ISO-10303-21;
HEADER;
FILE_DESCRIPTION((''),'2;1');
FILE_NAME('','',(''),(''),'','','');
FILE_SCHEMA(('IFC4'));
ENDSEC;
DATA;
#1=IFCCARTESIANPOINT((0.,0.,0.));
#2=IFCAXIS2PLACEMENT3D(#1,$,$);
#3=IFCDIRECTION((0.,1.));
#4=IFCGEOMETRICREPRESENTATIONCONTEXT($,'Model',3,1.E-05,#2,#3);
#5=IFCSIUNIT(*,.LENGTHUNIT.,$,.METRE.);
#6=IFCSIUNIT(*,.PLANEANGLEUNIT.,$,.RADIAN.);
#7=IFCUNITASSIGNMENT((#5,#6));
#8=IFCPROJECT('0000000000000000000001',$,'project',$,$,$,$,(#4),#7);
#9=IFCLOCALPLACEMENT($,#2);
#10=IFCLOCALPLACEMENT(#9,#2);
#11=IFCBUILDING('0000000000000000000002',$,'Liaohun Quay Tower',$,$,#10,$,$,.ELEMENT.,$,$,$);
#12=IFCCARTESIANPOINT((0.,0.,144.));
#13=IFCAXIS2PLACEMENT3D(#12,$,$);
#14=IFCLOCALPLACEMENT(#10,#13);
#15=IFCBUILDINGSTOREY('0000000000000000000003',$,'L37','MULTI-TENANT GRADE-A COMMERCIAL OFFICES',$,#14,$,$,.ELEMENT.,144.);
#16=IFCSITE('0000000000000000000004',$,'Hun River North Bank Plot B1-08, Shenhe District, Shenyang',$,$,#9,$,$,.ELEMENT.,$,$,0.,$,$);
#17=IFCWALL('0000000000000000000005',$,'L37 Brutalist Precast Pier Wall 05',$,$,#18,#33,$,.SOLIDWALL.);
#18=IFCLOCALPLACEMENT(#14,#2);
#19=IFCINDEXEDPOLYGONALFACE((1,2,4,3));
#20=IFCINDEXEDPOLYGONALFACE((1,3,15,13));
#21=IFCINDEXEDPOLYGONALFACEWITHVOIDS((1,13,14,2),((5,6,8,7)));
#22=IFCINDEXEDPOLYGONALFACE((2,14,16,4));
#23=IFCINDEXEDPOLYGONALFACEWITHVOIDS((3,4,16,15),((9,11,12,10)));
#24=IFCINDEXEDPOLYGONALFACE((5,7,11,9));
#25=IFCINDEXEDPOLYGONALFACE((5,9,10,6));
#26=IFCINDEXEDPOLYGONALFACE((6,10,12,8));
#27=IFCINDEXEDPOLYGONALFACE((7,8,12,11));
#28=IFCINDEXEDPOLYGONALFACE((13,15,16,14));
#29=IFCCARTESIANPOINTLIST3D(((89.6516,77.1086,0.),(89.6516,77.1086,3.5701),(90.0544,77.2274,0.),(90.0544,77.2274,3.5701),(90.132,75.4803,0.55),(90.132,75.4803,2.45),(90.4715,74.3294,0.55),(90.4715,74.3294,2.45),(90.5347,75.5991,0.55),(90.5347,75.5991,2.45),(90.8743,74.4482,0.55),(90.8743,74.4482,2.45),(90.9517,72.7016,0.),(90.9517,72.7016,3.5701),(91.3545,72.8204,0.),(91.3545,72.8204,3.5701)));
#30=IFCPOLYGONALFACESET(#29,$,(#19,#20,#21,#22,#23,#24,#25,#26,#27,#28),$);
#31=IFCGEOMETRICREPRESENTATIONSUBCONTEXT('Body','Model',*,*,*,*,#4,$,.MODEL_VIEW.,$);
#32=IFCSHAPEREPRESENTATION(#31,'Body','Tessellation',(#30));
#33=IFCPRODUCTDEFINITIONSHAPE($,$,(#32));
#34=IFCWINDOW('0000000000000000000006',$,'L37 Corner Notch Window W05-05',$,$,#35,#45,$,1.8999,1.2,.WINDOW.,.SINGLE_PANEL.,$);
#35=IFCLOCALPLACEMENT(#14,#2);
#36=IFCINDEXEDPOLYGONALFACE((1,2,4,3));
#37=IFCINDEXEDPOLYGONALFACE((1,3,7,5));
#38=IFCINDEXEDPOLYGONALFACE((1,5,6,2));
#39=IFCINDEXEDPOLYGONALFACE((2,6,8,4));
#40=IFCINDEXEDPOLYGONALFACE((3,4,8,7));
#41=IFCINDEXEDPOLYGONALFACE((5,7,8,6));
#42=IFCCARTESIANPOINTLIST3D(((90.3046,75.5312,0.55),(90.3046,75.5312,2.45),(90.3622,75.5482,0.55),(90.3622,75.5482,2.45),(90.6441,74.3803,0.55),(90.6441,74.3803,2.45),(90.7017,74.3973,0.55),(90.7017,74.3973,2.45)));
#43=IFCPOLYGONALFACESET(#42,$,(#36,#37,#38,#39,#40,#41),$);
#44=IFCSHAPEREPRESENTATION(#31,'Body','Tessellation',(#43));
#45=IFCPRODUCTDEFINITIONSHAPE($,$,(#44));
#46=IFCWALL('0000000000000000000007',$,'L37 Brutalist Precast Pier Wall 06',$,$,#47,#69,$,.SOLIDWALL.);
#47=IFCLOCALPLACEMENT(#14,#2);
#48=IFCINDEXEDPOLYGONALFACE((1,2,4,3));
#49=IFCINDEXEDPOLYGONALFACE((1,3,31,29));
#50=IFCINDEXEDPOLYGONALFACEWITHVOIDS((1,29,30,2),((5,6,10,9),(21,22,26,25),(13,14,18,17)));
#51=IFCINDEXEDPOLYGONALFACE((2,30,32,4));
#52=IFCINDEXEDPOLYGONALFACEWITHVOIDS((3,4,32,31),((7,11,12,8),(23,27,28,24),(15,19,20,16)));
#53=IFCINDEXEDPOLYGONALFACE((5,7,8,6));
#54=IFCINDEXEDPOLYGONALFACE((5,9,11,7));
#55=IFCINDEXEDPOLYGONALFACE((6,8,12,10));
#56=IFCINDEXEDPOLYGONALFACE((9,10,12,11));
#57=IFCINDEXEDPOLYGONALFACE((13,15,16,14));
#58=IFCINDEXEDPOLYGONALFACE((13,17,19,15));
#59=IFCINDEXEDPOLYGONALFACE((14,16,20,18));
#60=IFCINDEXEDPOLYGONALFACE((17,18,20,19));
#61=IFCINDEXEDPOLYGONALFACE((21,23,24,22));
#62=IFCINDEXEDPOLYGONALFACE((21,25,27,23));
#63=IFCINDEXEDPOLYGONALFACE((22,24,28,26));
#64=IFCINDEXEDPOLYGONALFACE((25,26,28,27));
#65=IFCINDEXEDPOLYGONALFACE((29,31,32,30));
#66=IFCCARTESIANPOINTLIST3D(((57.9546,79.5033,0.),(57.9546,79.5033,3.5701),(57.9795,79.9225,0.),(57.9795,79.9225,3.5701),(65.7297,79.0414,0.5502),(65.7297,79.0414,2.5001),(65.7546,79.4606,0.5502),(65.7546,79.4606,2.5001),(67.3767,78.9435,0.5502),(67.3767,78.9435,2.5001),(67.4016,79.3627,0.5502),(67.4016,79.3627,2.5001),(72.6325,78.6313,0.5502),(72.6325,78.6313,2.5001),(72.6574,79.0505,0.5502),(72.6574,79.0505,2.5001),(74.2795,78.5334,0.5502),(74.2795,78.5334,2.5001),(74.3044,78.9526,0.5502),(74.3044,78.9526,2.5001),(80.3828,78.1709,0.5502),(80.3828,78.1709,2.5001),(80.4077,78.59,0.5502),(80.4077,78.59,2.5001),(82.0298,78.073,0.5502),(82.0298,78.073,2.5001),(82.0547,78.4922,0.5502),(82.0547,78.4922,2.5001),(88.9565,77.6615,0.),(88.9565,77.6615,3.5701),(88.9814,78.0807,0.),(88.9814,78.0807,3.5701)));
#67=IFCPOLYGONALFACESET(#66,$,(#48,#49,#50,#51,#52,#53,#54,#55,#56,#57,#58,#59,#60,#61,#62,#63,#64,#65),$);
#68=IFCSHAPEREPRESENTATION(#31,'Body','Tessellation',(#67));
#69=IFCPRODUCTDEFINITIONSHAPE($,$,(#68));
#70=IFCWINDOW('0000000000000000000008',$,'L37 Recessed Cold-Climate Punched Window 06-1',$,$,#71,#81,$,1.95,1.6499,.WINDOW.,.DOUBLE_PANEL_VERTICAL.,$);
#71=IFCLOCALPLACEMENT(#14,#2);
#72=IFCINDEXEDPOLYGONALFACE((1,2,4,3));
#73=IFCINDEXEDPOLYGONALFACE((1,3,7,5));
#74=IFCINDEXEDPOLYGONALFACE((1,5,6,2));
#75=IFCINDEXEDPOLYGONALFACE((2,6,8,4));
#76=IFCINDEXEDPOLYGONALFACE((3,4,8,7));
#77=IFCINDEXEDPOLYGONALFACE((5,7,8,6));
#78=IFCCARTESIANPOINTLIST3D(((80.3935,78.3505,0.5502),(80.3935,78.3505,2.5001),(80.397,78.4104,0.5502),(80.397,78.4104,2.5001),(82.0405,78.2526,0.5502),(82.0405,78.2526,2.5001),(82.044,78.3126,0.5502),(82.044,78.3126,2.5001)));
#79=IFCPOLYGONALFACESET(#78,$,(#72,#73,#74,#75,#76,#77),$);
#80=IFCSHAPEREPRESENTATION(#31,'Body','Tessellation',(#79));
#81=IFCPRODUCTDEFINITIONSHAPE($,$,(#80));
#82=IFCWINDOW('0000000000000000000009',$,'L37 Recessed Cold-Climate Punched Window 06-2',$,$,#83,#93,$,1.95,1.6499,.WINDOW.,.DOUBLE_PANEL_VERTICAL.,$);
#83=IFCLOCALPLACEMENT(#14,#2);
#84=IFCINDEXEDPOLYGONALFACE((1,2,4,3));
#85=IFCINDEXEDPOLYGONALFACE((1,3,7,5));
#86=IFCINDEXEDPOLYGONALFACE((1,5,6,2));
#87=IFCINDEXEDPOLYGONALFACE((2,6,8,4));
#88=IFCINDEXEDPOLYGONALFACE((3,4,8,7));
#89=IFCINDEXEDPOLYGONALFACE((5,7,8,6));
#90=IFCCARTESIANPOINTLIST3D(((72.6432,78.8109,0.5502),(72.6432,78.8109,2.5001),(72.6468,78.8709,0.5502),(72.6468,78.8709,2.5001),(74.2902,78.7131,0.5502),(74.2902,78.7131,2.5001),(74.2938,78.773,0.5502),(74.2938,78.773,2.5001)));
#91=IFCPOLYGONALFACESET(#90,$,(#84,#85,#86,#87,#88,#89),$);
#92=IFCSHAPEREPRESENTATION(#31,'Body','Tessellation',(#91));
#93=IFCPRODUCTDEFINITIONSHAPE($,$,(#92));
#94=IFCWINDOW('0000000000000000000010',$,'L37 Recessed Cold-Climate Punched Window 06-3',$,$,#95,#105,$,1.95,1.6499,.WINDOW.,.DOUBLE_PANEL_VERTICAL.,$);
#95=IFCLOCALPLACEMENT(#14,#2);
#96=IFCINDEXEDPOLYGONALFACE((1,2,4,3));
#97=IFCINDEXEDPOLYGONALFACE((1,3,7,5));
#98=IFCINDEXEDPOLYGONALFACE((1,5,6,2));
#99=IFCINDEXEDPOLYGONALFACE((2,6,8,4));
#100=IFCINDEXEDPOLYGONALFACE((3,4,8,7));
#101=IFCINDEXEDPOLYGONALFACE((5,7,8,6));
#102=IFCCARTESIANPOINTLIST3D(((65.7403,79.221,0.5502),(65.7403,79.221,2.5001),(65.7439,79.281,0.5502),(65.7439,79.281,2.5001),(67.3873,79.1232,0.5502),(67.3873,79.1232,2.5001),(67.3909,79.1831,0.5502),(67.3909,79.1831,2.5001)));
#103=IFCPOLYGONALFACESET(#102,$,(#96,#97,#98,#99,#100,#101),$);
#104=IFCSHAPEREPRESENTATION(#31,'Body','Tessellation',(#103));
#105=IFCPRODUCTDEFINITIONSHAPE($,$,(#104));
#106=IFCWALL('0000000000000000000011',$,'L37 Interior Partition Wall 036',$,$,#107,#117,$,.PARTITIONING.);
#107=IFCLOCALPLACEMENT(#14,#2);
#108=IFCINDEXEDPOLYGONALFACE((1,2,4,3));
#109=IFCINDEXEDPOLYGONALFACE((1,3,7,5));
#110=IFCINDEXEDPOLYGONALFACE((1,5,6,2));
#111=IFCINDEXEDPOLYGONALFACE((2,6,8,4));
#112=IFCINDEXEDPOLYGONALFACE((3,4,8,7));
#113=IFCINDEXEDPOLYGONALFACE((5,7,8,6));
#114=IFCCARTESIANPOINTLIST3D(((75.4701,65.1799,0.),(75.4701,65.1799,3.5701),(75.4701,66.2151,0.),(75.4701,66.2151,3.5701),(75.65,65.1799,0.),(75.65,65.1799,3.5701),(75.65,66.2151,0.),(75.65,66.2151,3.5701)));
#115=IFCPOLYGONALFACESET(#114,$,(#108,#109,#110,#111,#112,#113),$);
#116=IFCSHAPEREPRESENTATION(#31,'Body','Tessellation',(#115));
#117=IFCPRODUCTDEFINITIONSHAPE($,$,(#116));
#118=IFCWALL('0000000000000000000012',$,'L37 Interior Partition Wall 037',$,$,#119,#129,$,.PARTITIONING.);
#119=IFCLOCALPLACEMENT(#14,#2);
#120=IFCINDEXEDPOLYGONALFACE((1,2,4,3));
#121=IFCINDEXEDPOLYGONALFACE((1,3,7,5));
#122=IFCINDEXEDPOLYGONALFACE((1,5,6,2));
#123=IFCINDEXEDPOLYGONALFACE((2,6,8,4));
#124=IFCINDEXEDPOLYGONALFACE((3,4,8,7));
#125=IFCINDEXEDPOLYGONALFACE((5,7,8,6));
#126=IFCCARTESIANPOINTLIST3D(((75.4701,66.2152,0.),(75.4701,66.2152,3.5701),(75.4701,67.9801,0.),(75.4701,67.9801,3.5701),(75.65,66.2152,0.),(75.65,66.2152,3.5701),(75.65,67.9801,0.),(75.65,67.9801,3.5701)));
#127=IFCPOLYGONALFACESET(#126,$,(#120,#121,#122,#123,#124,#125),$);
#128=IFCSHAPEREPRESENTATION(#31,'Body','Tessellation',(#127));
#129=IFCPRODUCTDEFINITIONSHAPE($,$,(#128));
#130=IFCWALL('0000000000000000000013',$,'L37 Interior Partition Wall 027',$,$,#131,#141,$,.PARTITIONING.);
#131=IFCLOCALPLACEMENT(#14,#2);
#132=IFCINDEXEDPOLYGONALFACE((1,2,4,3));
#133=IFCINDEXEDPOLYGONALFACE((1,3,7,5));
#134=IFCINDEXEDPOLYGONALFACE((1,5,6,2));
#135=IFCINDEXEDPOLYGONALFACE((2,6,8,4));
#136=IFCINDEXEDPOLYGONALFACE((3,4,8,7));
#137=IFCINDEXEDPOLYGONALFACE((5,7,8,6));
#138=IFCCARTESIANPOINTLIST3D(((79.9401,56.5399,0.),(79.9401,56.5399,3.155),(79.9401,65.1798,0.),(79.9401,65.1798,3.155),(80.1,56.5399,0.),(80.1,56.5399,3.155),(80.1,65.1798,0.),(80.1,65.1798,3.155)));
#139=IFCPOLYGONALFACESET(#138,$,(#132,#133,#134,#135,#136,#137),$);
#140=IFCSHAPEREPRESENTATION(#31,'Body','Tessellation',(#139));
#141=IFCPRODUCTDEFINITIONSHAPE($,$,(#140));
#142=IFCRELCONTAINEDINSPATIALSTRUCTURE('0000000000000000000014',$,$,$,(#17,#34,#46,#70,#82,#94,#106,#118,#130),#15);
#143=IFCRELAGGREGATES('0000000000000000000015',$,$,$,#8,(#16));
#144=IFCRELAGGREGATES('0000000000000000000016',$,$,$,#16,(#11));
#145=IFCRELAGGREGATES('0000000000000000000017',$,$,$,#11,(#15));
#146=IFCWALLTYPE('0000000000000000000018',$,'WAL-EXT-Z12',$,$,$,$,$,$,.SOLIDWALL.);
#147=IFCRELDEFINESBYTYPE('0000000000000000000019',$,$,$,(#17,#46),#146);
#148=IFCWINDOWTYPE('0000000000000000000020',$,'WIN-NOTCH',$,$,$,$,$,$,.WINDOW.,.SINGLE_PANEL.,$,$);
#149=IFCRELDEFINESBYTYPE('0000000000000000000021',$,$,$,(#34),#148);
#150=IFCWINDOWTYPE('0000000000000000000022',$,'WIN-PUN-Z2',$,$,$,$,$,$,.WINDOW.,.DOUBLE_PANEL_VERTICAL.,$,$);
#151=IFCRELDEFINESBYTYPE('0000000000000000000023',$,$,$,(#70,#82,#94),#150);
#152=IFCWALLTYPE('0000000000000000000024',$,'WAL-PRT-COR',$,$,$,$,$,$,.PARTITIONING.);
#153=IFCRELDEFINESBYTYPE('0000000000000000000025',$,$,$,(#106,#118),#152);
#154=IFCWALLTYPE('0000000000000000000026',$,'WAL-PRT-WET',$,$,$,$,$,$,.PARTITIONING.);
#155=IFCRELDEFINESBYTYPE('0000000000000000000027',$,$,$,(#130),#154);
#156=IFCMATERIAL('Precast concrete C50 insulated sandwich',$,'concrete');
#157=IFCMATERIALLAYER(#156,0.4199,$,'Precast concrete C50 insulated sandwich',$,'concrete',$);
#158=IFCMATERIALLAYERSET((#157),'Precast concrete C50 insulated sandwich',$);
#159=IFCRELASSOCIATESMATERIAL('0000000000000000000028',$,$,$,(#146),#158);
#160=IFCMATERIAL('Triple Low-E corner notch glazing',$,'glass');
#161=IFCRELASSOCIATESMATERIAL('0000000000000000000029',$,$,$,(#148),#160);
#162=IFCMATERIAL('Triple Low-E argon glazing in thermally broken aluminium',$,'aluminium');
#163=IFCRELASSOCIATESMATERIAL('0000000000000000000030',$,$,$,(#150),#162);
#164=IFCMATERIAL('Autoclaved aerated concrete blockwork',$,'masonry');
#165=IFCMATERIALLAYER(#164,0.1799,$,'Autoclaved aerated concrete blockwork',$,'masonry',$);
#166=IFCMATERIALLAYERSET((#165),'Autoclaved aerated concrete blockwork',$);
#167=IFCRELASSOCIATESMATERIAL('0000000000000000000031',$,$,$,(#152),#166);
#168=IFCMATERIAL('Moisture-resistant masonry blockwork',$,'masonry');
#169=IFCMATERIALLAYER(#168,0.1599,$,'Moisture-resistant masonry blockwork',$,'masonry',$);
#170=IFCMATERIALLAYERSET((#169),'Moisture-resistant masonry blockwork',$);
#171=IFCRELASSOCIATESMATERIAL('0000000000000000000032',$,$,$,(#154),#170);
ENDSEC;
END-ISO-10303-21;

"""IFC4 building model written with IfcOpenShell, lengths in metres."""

from ifc_helpers import new_model, si_unit, direction, frame, frame_2d, origin, place, context, subcontext, project, spatial, rectangle, extrude, source, transform, mapped, material, layer, layer_set, type_object, element, fill, save


model = new_model("IFC4")

# Units and contexts
model_context = context("Model", 3, precision=1e-05, world=origin(), true_north=direction((0.0, 1.0)))
body_context = subcontext(model_context, "Body", "Model", "MODEL_VIEW")
ifc_project = project(units=[si_unit("LENGTHUNIT", "METRE"), si_unit("PLANEANGLEUNIT", "RADIAN")], contexts=[model_context])

# Site, building, storey
site_placement = place(None, origin())
site = spatial("IfcSite", under=ifc_project, at=site_placement, Name="Hun River North Bank Plot B1-08, Shenhe District, Shenyang", CompositionType="ELEMENT", RefElevation=0.0)
building_placement = place(site_placement, origin())
building = spatial("IfcBuilding", under=site, at=building_placement, Name="Liaohun Quay Tower", CompositionType="ELEMENT")
storey_placement = place(building_placement, frame((0.0, 0.0, 144.0)))
storey = spatial("IfcBuildingStorey", under=building, at=storey_placement, Name="L37", Description="MULTI-TENANT GRADE-A COMMERCIAL OFFICES", CompositionType="ELEMENT", Elevation=144.0)

# Wall, opening, window
ifc_material_1 = material(Name="Precast concrete C50 insulated sandwich", Category="concrete")
ifc_layer_1 = layer(ifc_material_1, 0.4199, Name="Precast concrete C50 insulated sandwich", Category="concrete")
ifc_layer_set_1 = layer_set([ifc_layer_1], Name="Precast concrete C50 insulated sandwich")
wall_type_1 = type_object("IfcWallType", Name="WAL-EXT-Z12", PredefinedType="SOLIDWALL", material=ifc_layer_set_1)
shared_shape_1 = source(origin(), body_context, "Body", "SweptSolid", [
    extrude(rectangle(XDim=1.2, YDim=1.8999, at=frame_2d((0.6001, 0.95))), frame((0.0, 0.22, 0.0), z_axis=(0.0, -1.0, 0.0), x_axis=(1.0, 0.0, 0.0)), (0.0, 0.0, 1.0), 0.4399),
])
ifc_material_2 = material(Name="Triple Low-E corner notch glazing", Category="glass")
window_type_1 = type_object("IfcWindowType", Name="WIN-NOTCH", PartitioningType="SINGLE_PANEL", PredefinedType="WINDOW", material=ifc_material_2)
shared_shape_2 = source(origin(), body_context, "Body", "SweptSolid", [
    extrude(rectangle(XDim=1.2, YDim=1.8999, at=frame_2d((0.6001, 0.95))), frame((0.0, 0.03, 0.0), z_axis=(0.0, -1.0, 0.0), x_axis=(1.0, 0.0, 0.0)), (0.0, 0.0, 1.0), 0.0601),
])
wall_1_placement = place(storey_placement, frame((91.1531, 72.761, 0.0), z_axis=(0.0, 0.0, 1.0), x_axis=(-0.282943, 0.959137, 0.0)))
wall_1 = element("IfcWall", 1, at=wall_1_placement, inside=storey, type_object=wall_type_1, Name="L37 Brutalist Precast Pier Wall 05", PredefinedType="SOLIDWALL", context=body_context, shape_type="SweptSolid", body=[
    extrude(rectangle(XDim=4.5947, YDim=0.4199, at=frame_2d((2.2974, 0.0))), origin(), (0.0, 0.0, 1.0), 3.5701),
])
opening_1_placement = place(wall_1_placement, frame((1.697, 0.0, 0.55)))
opening_1 = element("IfcOpeningElement", 2, at=opening_1_placement, cuts=wall_1, PredefinedType="OPENING", context=body_context, shape_type="MappedRepresentation", body=[
    mapped(shared_shape_1, transform((0.0, 0.0, 0.0), x_axis=(1.0, 0.0, 0.0), y_axis=(0.0, 1.0, 0.0), z_axis=(0.0, 0.0, 1.0), scale=1.0)),
])
window_1_placement = place(opening_1_placement, origin())
window_1 = element("IfcWindow", 3, at=window_1_placement, inside=storey, type_object=window_type_1, Name="L37 Corner Notch Window W05-05", OverallHeight=1.8999, OverallWidth=1.2, PartitioningType="SINGLE_PANEL", PredefinedType="WINDOW", context=body_context, shape_type="MappedRepresentation", body=[
    mapped(shared_shape_2, transform((0.0, 0.0, 0.0), x_axis=(1.0, 0.0, 0.0), y_axis=(0.0, 1.0, 0.0), z_axis=(0.0, 0.0, 1.0), scale=1.0)),
])
fill(opening_1, window_1)

# Wall, openings, windows
wall_2_placement = place(storey_placement, frame((88.969, 77.8711, 0.0), z_axis=(0.0, 0.0, 1.0), x_axis=(-0.99824, 0.059304, 0.0)))
wall_2 = element("IfcWall", 4, at=wall_2_placement, inside=storey, type_object=wall_type_1, Name="L37 Brutalist Precast Pier Wall 06", PredefinedType="SOLIDWALL", context=body_context, shape_type="SweptSolid", body=[
    extrude(rectangle(XDim=31.0566, YDim=0.4199, at=frame_2d((15.5283, 0.0))), origin(), (0.0, 0.0, 1.0), 3.5701),
])
shared_shape_3 = source(origin(), body_context, "Body", "SweptSolid", [
    extrude(rectangle(XDim=1.6499, YDim=1.95, at=frame_2d((0.825, 0.9751))), frame((0.0, 0.22, 0.0), z_axis=(0.0, -1.0, 0.0), x_axis=(1.0, 0.0, 0.0)), (0.0, 0.0, 1.0), 0.4399),
])
opening_2_placement = place(wall_2_placement, frame((6.939, 0.0, 0.55)))
opening_2 = element("IfcOpeningElement", 5, at=opening_2_placement, cuts=wall_2, PredefinedType="OPENING", context=body_context, shape_type="MappedRepresentation", body=[
    mapped(shared_shape_3, transform((0.0, 0.0, 0.0), x_axis=(1.0, 0.0, 0.0), y_axis=(0.0, 1.0, 0.0), z_axis=(0.0, 0.0, 1.0), scale=1.0)),
])
opening_3_placement = place(wall_2_placement, frame((14.7029, 0.0, 0.55)))
opening_3 = element("IfcOpeningElement", 6, at=opening_3_placement, cuts=wall_2, PredefinedType="OPENING", context=body_context, shape_type="MappedRepresentation", body=[
    mapped(shared_shape_3, transform((0.0, 0.0, 0.0), x_axis=(1.0, 0.0, 0.0), y_axis=(0.0, 1.0, 0.0), z_axis=(0.0, 0.0, 1.0), scale=1.0)),
])
opening_4_placement = place(wall_2_placement, frame((21.6179, 0.0, 0.55)))
opening_4 = element("IfcOpeningElement", 7, at=opening_4_placement, cuts=wall_2, PredefinedType="OPENING", context=body_context, shape_type="MappedRepresentation", body=[
    mapped(shared_shape_3, transform((0.0, 0.0, 0.0), x_axis=(1.0, 0.0, 0.0), y_axis=(0.0, 1.0, 0.0), z_axis=(0.0, 0.0, 1.0), scale=1.0)),
])
ifc_material_3 = material(Name="Triple Low-E argon glazing in thermally broken aluminium", Category="aluminium")
window_type_2 = type_object("IfcWindowType", Name="WIN-PUN-Z2", PartitioningType="DOUBLE_PANEL_VERTICAL", PredefinedType="WINDOW", material=ifc_material_3)
shared_shape_4 = source(origin(), body_context, "Body", "SweptSolid", [
    extrude(rectangle(XDim=1.6499, YDim=1.95, at=frame_2d((0.825, 0.9751))), frame((0.0, 0.03, 0.0), z_axis=(0.0, -1.0, 0.0), x_axis=(1.0, 0.0, 0.0)), (0.0, 0.0, 1.0), 0.0601),
])
window_2_placement = place(opening_2_placement, origin())
window_2 = element("IfcWindow", 8, at=window_2_placement, inside=storey, type_object=window_type_2, Name="L37 Recessed Cold-Climate Punched Window 06-1", OverallHeight=1.95, OverallWidth=1.6499, PartitioningType="DOUBLE_PANEL_VERTICAL", PredefinedType="WINDOW", context=body_context, shape_type="MappedRepresentation", body=[
    mapped(shared_shape_4, transform((0.0, 0.0, 0.0), x_axis=(1.0, 0.0, 0.0), y_axis=(0.0, 1.0, 0.0), z_axis=(0.0, 0.0, 1.0), scale=1.0)),
])
fill(opening_2, window_2)
window_3_placement = place(opening_3_placement, origin())
window_3 = element("IfcWindow", 9, at=window_3_placement, inside=storey, type_object=window_type_2, Name="L37 Recessed Cold-Climate Punched Window 06-2", OverallHeight=1.95, OverallWidth=1.6499, PartitioningType="DOUBLE_PANEL_VERTICAL", PredefinedType="WINDOW", context=body_context, shape_type="MappedRepresentation", body=[
    mapped(shared_shape_4, transform((0.0, 0.0, 0.0), x_axis=(1.0, 0.0, 0.0), y_axis=(0.0, 1.0, 0.0), z_axis=(0.0, 0.0, 1.0), scale=1.0)),
])
fill(opening_3, window_3)
window_4_placement = place(opening_4_placement, origin())
window_4 = element("IfcWindow", 10, at=window_4_placement, inside=storey, type_object=window_type_2, Name="L37 Recessed Cold-Climate Punched Window 06-3", OverallHeight=1.95, OverallWidth=1.6499, PartitioningType="DOUBLE_PANEL_VERTICAL", PredefinedType="WINDOW", context=body_context, shape_type="MappedRepresentation", body=[
    mapped(shared_shape_4, transform((0.0, 0.0, 0.0), x_axis=(1.0, 0.0, 0.0), y_axis=(0.0, 1.0, 0.0), z_axis=(0.0, 0.0, 1.0), scale=1.0)),
])
fill(opening_4, window_4)

# Walls
ifc_material_4 = material(Name="Autoclaved aerated concrete blockwork", Category="masonry")
ifc_layer_2 = layer(ifc_material_4, 0.1799, Name="Autoclaved aerated concrete blockwork", Category="masonry")
ifc_layer_set_2 = layer_set([ifc_layer_2], Name="Autoclaved aerated concrete blockwork")
wall_type_2 = type_object("IfcWallType", Name="WAL-PRT-COR", PredefinedType="PARTITIONING", material=ifc_layer_set_2)
wall_3_placement = place(storey_placement, frame((75.5601, 66.2151, 0.0), z_axis=(0.0, 0.0, 1.0), x_axis=(0.0, -1.0, 0.0)))
element("IfcWall", 11, at=wall_3_placement, inside=storey, type_object=wall_type_2, Name="L37 Interior Partition Wall 036", PredefinedType="PARTITIONING", context=body_context, shape_type="SweptSolid", body=[
    extrude(rectangle(XDim=1.0352, YDim=0.1799, at=frame_2d((0.5176, 0.0))), origin(), (0.0, 0.0, 1.0), 3.5701),
])
wall_4_placement = place(storey_placement, frame((75.5601, 67.98, 0.0), z_axis=(0.0, 0.0, 1.0), x_axis=(0.0, -1.0, 0.0)))
element("IfcWall", 12, at=wall_4_placement, inside=storey, type_object=wall_type_2, Name="L37 Interior Partition Wall 037", PredefinedType="PARTITIONING", context=body_context, shape_type="SweptSolid", body=[
    extrude(rectangle(XDim=1.7649, YDim=0.1799, at=frame_2d((0.8823, 0.0))), origin(), (0.0, 0.0, 1.0), 3.5701),
])
ifc_material_5 = material(Name="Moisture-resistant masonry blockwork", Category="masonry")
ifc_layer_3 = layer(ifc_material_5, 0.1599, Name="Moisture-resistant masonry blockwork", Category="masonry")
ifc_layer_set_3 = layer_set([ifc_layer_3], Name="Moisture-resistant masonry blockwork")
wall_type_3 = type_object("IfcWallType", Name="WAL-PRT-WET", PredefinedType="PARTITIONING", material=ifc_layer_set_3)
wall_5_placement = place(storey_placement, frame((80.02, 56.54, 0.0), z_axis=(0.0, 0.0, 1.0), x_axis=(0.0, 1.0, 0.0)))
element("IfcWall", 13, at=wall_5_placement, inside=storey, type_object=wall_type_3, Name="L37 Interior Partition Wall 027", PredefinedType="PARTITIONING", context=body_context, shape_type="SweptSolid", body=[
    extrude(rectangle(XDim=8.6399, YDim=0.1599, at=frame_2d((4.3198, 0.0))), origin(), (0.0, 0.0, 1.0), 3.155),
])

save(model, "model.ifc")
